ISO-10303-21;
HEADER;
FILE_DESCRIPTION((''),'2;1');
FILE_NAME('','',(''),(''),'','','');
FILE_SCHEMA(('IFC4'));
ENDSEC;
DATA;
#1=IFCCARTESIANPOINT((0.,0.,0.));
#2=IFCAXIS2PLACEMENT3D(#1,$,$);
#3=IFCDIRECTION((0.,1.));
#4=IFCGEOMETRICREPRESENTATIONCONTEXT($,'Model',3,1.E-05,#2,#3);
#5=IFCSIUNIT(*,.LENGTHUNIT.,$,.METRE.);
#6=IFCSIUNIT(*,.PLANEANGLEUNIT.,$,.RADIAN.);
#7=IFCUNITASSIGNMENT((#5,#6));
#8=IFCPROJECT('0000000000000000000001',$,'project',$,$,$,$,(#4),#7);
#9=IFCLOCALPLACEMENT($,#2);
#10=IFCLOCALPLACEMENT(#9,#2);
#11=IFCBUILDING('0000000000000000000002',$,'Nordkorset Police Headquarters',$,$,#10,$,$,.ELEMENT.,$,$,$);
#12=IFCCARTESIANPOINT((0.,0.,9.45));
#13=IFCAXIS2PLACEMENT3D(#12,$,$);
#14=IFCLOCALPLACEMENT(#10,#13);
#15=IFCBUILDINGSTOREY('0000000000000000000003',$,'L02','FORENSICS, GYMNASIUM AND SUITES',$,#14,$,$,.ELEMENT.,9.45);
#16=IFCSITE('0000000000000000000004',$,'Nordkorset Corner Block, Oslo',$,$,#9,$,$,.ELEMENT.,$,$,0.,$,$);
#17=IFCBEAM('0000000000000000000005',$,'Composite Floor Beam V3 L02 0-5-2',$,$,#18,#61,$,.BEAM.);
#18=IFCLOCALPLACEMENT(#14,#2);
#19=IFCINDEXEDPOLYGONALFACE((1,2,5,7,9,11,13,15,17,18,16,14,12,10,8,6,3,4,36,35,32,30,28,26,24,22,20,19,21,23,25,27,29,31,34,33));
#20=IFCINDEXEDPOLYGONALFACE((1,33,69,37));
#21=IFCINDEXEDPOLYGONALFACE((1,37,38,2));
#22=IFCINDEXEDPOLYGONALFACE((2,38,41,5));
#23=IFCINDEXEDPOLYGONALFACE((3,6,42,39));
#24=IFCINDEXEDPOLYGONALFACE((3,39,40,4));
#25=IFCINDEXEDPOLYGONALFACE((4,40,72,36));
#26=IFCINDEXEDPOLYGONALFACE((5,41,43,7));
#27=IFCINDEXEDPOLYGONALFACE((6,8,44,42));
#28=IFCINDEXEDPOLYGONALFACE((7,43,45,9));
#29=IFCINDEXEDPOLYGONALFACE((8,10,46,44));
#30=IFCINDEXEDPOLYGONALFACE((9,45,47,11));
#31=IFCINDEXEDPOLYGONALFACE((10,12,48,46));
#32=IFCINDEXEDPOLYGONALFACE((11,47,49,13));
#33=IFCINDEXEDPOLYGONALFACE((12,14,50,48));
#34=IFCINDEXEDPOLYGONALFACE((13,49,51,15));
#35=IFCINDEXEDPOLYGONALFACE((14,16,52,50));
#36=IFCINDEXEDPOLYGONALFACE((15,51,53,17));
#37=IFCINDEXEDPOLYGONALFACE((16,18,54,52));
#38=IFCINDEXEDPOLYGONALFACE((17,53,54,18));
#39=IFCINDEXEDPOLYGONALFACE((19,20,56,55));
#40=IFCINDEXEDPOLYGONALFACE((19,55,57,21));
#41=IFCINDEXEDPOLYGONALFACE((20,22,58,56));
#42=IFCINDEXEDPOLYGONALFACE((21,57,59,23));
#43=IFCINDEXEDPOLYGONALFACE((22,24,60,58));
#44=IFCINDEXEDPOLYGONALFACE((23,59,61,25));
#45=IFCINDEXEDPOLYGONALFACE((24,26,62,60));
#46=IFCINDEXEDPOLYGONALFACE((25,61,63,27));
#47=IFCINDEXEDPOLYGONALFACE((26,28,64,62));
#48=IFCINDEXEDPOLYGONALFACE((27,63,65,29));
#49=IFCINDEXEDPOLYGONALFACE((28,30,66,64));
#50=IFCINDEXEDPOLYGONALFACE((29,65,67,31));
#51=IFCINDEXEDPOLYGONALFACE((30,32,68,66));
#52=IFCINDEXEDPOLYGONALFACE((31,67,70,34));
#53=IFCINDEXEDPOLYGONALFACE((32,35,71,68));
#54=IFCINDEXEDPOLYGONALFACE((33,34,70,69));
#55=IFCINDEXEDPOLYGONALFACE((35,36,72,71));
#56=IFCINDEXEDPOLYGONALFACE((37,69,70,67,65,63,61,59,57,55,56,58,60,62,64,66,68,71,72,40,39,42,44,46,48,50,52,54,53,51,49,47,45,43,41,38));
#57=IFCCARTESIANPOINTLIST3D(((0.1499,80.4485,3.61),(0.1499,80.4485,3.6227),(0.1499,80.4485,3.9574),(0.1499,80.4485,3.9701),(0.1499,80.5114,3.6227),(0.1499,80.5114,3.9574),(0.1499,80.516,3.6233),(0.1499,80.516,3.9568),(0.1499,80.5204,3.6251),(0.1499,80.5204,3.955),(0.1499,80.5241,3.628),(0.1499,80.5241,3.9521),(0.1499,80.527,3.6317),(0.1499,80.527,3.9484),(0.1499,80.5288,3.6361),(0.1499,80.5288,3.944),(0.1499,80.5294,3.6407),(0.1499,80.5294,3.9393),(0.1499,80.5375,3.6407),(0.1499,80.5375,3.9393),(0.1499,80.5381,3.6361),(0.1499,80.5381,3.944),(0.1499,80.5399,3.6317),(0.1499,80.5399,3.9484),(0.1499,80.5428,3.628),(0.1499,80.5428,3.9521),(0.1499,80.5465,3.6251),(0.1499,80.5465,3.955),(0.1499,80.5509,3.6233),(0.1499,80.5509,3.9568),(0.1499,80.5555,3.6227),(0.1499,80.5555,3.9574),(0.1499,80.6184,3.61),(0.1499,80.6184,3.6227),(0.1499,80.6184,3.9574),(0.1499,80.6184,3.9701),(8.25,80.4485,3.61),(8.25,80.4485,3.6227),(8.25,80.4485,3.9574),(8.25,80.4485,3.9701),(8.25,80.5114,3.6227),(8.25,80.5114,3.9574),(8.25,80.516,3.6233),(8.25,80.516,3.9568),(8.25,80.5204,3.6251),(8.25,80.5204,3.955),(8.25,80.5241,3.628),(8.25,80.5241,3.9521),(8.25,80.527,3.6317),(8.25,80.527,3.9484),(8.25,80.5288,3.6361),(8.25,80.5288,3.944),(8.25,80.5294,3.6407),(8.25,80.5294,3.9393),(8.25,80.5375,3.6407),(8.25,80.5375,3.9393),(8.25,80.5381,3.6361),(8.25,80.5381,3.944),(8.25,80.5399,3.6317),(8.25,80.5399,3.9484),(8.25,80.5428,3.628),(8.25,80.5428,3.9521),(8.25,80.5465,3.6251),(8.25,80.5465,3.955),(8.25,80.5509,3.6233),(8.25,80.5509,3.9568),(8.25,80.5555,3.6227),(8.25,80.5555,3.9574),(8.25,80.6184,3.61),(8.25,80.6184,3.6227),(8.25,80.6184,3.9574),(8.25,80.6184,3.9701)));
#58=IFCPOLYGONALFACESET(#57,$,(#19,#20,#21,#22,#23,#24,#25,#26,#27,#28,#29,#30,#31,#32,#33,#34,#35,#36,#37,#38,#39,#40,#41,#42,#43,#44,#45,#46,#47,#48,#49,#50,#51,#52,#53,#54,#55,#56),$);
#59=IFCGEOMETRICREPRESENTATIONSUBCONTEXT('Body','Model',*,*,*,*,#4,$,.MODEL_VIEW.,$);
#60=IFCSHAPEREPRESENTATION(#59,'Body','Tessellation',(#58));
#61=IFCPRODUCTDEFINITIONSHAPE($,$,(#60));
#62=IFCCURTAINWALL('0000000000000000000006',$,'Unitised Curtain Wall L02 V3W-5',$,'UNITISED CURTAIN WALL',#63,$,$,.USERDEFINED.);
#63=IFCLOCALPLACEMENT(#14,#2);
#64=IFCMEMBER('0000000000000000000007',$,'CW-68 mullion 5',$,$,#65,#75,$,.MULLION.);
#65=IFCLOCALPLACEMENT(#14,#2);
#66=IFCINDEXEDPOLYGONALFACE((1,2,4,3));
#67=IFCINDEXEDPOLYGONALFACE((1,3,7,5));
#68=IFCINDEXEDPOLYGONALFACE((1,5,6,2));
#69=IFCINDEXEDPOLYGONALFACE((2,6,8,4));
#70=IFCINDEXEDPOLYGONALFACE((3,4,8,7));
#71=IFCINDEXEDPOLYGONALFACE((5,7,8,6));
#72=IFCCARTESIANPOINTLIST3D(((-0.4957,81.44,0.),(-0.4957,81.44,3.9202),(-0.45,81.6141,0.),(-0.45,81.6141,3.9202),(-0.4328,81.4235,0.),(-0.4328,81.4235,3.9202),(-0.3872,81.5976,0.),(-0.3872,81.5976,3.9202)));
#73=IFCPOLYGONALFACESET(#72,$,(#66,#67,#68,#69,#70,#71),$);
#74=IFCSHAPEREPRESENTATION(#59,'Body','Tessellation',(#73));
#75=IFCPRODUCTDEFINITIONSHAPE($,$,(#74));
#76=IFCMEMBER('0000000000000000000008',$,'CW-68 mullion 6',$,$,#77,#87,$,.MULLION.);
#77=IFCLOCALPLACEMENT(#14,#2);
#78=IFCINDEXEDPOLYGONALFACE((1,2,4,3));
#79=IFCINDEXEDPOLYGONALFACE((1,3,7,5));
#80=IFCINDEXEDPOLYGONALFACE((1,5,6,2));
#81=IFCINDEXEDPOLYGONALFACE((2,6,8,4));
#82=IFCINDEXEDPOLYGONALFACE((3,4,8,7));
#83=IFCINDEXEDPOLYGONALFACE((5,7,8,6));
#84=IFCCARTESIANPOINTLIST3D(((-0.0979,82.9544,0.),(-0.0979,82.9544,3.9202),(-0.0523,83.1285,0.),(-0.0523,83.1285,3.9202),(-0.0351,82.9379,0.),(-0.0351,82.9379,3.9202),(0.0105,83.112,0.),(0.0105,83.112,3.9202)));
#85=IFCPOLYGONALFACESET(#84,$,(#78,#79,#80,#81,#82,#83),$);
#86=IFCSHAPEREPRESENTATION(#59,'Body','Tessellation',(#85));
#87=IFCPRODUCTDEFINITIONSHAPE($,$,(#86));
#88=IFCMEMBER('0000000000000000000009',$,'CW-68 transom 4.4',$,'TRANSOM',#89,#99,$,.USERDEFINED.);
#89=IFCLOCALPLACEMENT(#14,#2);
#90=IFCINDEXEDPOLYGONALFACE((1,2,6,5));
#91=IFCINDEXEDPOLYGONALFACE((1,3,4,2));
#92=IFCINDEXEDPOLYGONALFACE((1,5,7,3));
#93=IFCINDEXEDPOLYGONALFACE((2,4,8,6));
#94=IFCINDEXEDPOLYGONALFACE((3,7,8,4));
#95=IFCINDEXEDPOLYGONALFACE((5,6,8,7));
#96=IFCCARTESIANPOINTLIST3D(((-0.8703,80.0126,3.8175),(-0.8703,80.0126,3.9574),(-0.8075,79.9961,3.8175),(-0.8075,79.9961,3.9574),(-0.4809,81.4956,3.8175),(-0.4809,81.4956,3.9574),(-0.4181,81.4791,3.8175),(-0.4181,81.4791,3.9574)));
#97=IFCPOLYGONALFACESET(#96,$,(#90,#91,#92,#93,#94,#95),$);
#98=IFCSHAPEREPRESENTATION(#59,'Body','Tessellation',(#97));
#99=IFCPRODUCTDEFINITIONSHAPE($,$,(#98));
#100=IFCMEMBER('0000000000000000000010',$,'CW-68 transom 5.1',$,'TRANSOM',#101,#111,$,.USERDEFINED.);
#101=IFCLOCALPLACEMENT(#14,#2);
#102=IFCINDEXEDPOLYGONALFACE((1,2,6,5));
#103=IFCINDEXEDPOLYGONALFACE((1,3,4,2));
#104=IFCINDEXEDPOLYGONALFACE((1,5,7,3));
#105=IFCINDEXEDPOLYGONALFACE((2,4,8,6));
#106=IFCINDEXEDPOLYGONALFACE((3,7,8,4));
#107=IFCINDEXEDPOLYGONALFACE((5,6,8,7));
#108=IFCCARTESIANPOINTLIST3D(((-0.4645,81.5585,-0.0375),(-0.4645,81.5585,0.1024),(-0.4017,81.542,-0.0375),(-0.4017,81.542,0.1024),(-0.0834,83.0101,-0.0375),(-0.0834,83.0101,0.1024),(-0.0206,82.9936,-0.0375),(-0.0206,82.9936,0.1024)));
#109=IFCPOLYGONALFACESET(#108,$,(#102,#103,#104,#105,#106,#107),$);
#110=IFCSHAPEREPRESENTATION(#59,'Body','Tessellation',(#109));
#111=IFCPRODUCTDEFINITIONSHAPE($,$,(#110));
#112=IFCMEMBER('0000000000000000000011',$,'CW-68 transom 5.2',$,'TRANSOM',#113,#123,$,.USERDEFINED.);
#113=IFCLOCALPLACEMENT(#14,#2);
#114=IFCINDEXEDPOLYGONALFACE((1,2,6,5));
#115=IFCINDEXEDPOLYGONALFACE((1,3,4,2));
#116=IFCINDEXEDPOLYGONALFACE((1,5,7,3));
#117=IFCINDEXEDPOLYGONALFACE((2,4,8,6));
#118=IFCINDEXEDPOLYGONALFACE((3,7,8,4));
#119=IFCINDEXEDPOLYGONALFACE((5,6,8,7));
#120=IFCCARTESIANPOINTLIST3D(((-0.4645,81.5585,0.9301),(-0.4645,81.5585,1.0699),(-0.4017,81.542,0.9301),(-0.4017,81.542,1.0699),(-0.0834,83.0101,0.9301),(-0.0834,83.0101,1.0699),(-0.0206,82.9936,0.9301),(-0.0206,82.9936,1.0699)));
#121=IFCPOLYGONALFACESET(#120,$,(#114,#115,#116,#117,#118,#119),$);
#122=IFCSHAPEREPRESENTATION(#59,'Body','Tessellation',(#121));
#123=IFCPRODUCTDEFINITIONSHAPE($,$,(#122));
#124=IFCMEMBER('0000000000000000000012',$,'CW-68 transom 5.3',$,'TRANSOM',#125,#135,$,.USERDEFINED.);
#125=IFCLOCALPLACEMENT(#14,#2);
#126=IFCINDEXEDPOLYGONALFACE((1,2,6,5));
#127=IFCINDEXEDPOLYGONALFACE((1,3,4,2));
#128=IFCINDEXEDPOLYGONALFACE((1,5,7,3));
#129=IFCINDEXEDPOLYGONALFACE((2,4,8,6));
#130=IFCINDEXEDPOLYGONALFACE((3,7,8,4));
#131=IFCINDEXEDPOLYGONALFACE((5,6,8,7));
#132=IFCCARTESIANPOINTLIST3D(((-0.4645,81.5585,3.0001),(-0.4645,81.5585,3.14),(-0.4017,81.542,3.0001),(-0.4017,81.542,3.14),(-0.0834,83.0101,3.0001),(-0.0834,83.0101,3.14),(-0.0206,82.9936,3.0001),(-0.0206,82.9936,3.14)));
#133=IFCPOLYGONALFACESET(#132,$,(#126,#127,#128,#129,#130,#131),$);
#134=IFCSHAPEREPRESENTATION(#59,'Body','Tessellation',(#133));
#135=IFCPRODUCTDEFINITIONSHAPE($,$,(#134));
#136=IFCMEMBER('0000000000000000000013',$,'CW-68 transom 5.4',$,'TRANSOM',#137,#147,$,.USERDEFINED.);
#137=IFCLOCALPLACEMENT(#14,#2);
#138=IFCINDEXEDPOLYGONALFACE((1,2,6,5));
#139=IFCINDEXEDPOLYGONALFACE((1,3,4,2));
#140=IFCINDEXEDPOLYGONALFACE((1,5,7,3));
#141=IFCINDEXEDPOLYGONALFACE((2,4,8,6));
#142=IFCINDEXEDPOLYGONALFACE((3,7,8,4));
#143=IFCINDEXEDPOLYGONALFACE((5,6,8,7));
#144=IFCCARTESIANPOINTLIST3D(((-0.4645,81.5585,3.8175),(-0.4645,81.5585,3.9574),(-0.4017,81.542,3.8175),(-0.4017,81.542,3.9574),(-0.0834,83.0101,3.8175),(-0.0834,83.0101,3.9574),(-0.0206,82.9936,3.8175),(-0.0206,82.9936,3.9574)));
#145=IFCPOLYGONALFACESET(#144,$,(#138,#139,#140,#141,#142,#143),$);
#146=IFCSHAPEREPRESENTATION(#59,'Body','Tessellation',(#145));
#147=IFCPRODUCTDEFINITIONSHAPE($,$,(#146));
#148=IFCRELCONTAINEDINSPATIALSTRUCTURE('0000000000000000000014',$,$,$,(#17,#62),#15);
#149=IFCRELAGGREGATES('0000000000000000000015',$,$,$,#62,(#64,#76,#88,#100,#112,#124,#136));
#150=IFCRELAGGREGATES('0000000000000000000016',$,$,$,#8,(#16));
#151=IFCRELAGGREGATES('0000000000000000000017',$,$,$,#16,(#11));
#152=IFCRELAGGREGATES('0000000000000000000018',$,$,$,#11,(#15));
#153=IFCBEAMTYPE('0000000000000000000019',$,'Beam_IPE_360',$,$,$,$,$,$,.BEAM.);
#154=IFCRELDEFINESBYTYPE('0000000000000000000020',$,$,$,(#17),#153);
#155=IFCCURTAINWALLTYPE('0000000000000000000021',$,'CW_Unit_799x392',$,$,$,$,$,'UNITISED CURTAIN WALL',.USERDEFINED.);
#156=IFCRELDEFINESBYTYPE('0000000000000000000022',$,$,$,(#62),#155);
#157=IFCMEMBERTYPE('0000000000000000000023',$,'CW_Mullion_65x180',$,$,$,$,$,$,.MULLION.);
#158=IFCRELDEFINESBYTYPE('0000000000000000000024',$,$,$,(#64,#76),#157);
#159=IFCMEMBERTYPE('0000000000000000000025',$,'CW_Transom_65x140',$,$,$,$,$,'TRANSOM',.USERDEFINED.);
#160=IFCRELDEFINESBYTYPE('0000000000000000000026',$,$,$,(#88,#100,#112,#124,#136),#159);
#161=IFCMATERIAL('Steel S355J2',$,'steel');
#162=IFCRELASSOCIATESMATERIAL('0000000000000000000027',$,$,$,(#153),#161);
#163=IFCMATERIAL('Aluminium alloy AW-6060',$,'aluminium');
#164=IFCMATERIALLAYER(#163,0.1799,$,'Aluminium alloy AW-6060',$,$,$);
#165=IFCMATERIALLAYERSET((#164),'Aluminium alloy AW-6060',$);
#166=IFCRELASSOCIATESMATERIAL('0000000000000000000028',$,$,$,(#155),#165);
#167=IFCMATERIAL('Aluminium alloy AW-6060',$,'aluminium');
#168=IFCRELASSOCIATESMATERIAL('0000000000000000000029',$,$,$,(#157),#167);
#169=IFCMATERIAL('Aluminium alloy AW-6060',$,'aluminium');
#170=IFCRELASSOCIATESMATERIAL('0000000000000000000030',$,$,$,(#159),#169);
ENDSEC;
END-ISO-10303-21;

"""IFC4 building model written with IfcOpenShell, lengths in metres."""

from ifc_helpers import new_model, si_unit, direction, frame, origin, origin_2d, place, context, subcontext, project, spatial, rectangle, i_section, extrude, material, layer, layer_set, material_profile, profile_set, type_object, element, aggregate, save


model = new_model("IFC4")

# Units and contexts
model_context = context("Model", 3, precision=1e-05, world=origin(), true_north=direction((0.0, 1.0)))
body_context = subcontext(model_context, "Body", "Model", "MODEL_VIEW")
ifc_project = project(units=[si_unit("LENGTHUNIT", "METRE"), si_unit("PLANEANGLEUNIT", "RADIAN")], contexts=[model_context])

# Site, building, storey
site_placement = place(None, origin())
site = spatial("IfcSite", under=ifc_project, at=site_placement, Name="Nordkorset Corner Block, Oslo", CompositionType="ELEMENT", RefElevation=0.0)
building_placement = place(site_placement, origin())
building = spatial("IfcBuilding", under=site, at=building_placement, Name="Nordkorset Police Headquarters", CompositionType="ELEMENT")
storey_placement = place(building_placement, frame((0.0, 0.0, 9.45)))
storey = spatial("IfcBuildingStorey", under=building, at=storey_placement, Name="L02", Description="FORENSICS, GYMNASIUM AND SUITES", CompositionType="ELEMENT", Elevation=9.45)

# Beam
ifc_material_1 = material(Name="Steel S355J2", Category="steel")
ifc_material_profile_1 = material_profile(ifc_material_1, i_section(OverallWidth=0.1699, OverallDepth=0.3601, WebThickness=0.0081, FlangeThickness=0.0127, FilletRadius=0.0181, at=origin_2d()), Name="IPE 360")
ifc_profile_set_1 = profile_set([ifc_material_profile_1], Name="Steel S355J2")
beam_type_1 = type_object("IfcBeamType", Name="Beam_IPE_360", PredefinedType="BEAM", material=ifc_profile_set_1)
for number, where, z_axis, x_axis, name in (
    (1, (0.1499, 80.5334, 3.79), (1.0, 0.0, 0.0), (0.0, 1.0, 0.0), "Composite Floor Beam V3 L02 0-5-2"),
):
    element("IfcBeam", number, at=place(storey_placement, frame(where, z_axis=z_axis, x_axis=x_axis)), inside=storey, type_object=beam_type_1, Name=name, PredefinedType="BEAM", context=body_context, shape_type="SweptSolid", body=[
        extrude(i_section(OverallWidth=0.1699, OverallDepth=0.3601, WebThickness=0.0081, FlangeThickness=0.0127, FilletRadius=0.0181, at=origin_2d()), origin(), (0.0, 0.0, 1.0), 8.1001),
    ])

# Curtain wall, members
ifc_material_2 = material(Name="Aluminium alloy AW-6060", Category="aluminium")
ifc_layer_1 = layer(ifc_material_2, 0.1799, Name="Aluminium alloy AW-6060")
ifc_layer_set_1 = layer_set([ifc_layer_1], Name="Aluminium alloy AW-6060")
curtain_wall_type = type_object("IfcCurtainWallType", Name="CW_Unit_799x392", ElementType="UNITISED CURTAIN WALL", PredefinedType="USERDEFINED", material=ifc_layer_set_1)
curtain_wall_placement = place(storey_placement, origin())
curtain_wall = element("IfcCurtainWall", 2, at=curtain_wall_placement, inside=storey, type_object=curtain_wall_type, Name="Unitised Curtain Wall L02 V3W-5", ObjectType="UNITISED CURTAIN WALL", PredefinedType="USERDEFINED")
ifc_material_3 = material(Name="Aluminium alloy AW-6060", Category="aluminium")
ifc_material_profile_2 = material_profile(ifc_material_3, rectangle(XDim=0.0649, YDim=0.1799, at=origin_2d()), Name="ALU MULL 65x180")
ifc_profile_set_2 = profile_set([ifc_material_profile_2], Name="Aluminium alloy AW-6060")
member_type_1 = type_object("IfcMemberType", Name="CW_Mullion_65x180", PredefinedType="MULLION", material=ifc_profile_set_2)
member_1_placement = place(storey_placement, frame((-0.4414, 81.5188, 0.0), z_axis=(0.0, 0.0, 1.0), x_axis=(-0.967231, 0.253897, 0.0)))
member_1 = element("IfcMember", 3, at=member_1_placement, type_object=member_type_1, Name="CW-68 mullion 5", PredefinedType="MULLION", context=body_context, shape_type="SweptSolid", body=[
    extrude(rectangle(XDim=0.0649, YDim=0.1799, at=origin_2d()), origin(), (0.0, 0.0, 1.0), 3.9202),
])
member_2_placement = place(storey_placement, frame((-0.0437, 83.0332, 0.0), z_axis=(0.0, 0.0, 1.0), x_axis=(-0.967231, 0.253897, 0.0)))
member_2 = element("IfcMember", 4, at=member_2_placement, type_object=member_type_1, Name="CW-68 mullion 6", PredefinedType="MULLION", context=body_context, shape_type="SweptSolid", body=[
    extrude(rectangle(XDim=0.0649, YDim=0.1799, at=origin_2d()), origin(), (0.0, 0.0, 1.0), 3.9202),
])
ifc_material_4 = material(Name="Aluminium alloy AW-6060", Category="aluminium")
ifc_material_profile_3 = material_profile(ifc_material_4, rectangle(XDim=0.0649, YDim=0.1399, at=origin_2d()), Name="ALU TRAN 65x140")
ifc_profile_set_3 = profile_set([ifc_material_profile_3], Name="Aluminium alloy AW-6060")
member_type_2 = type_object("IfcMemberType", Name="CW_Transom_65x140", ElementType="TRANSOM", PredefinedType="USERDEFINED", material=ifc_profile_set_3)
member_3_placement = place(storey_placement, frame((-0.8389, 80.0044, 3.8875), z_axis=(0.253984, 0.967208, 0.0), x_axis=(-0.967208, 0.253984, 0.0)))
member_3 = element("IfcMember", 5, at=member_3_placement, type_object=member_type_2, Name="CW-68 transom 4.4", ObjectType="TRANSOM", PredefinedType="USERDEFINED", context=body_context, shape_type="SweptSolid", body=[
    extrude(rectangle(XDim=0.0649, YDim=0.1399, at=origin_2d()), origin(), (0.0, 0.0, 1.0), 1.5332),
])
member_4_placement = place(storey_placement, frame((-0.4331, 81.5503, 0.0325), z_axis=(0.253965, 0.967213, 0.0), x_axis=(-0.967213, 0.253965, 0.0)))
member_4 = element("IfcMember", 6, at=member_4_placement, type_object=member_type_2, Name="CW-68 transom 5.1", ObjectType="TRANSOM", PredefinedType="USERDEFINED", context=body_context, shape_type="SweptSolid", body=[
    extrude(rectangle(XDim=0.0649, YDim=0.1399, at=origin_2d()), origin(), (0.0, 0.0, 1.0), 1.5007),
])
member_5_placement = place(storey_placement, frame((-0.4331, 81.5503, 1.0), z_axis=(0.253965, 0.967213, 0.0), x_axis=(-0.967213, 0.253965, 0.0)))
member_5 = element("IfcMember", 7, at=member_5_placement, type_object=member_type_2, Name="CW-68 transom 5.2", ObjectType="TRANSOM", PredefinedType="USERDEFINED", context=body_context, shape_type="SweptSolid", body=[
    extrude(rectangle(XDim=0.0649, YDim=0.1399, at=origin_2d()), origin(), (0.0, 0.0, 1.0), 1.5007),
])
member_6_placement = place(storey_placement, frame((-0.4331, 81.5503, 3.0701), z_axis=(0.253965, 0.967213, 0.0), x_axis=(-0.967213, 0.253965, 0.0)))
member_6 = element("IfcMember", 8, at=member_6_placement, type_object=member_type_2, Name="CW-68 transom 5.3", ObjectType="TRANSOM", PredefinedType="USERDEFINED", context=body_context, shape_type="SweptSolid", body=[
    extrude(rectangle(XDim=0.0649, YDim=0.1399, at=origin_2d()), origin(), (0.0, 0.0, 1.0), 1.5007),
])
member_7_placement = place(storey_placement, frame((-0.4331, 81.5503, 3.8875), z_axis=(0.253965, 0.967213, 0.0), x_axis=(-0.967213, 0.253965, 0.0)))
member_7 = element("IfcMember", 9, at=member_7_placement, type_object=member_type_2, Name="CW-68 transom 5.4", ObjectType="TRANSOM", PredefinedType="USERDEFINED", context=body_context, shape_type="SweptSolid", body=[
    extrude(rectangle(XDim=0.0649, YDim=0.1399, at=origin_2d()), origin(), (0.0, 0.0, 1.0), 1.5007),
])

aggregate(curtain_wall, [member_1, member_2, member_3, member_4, member_5, member_6, member_7])

save(model, "model.ifc")
